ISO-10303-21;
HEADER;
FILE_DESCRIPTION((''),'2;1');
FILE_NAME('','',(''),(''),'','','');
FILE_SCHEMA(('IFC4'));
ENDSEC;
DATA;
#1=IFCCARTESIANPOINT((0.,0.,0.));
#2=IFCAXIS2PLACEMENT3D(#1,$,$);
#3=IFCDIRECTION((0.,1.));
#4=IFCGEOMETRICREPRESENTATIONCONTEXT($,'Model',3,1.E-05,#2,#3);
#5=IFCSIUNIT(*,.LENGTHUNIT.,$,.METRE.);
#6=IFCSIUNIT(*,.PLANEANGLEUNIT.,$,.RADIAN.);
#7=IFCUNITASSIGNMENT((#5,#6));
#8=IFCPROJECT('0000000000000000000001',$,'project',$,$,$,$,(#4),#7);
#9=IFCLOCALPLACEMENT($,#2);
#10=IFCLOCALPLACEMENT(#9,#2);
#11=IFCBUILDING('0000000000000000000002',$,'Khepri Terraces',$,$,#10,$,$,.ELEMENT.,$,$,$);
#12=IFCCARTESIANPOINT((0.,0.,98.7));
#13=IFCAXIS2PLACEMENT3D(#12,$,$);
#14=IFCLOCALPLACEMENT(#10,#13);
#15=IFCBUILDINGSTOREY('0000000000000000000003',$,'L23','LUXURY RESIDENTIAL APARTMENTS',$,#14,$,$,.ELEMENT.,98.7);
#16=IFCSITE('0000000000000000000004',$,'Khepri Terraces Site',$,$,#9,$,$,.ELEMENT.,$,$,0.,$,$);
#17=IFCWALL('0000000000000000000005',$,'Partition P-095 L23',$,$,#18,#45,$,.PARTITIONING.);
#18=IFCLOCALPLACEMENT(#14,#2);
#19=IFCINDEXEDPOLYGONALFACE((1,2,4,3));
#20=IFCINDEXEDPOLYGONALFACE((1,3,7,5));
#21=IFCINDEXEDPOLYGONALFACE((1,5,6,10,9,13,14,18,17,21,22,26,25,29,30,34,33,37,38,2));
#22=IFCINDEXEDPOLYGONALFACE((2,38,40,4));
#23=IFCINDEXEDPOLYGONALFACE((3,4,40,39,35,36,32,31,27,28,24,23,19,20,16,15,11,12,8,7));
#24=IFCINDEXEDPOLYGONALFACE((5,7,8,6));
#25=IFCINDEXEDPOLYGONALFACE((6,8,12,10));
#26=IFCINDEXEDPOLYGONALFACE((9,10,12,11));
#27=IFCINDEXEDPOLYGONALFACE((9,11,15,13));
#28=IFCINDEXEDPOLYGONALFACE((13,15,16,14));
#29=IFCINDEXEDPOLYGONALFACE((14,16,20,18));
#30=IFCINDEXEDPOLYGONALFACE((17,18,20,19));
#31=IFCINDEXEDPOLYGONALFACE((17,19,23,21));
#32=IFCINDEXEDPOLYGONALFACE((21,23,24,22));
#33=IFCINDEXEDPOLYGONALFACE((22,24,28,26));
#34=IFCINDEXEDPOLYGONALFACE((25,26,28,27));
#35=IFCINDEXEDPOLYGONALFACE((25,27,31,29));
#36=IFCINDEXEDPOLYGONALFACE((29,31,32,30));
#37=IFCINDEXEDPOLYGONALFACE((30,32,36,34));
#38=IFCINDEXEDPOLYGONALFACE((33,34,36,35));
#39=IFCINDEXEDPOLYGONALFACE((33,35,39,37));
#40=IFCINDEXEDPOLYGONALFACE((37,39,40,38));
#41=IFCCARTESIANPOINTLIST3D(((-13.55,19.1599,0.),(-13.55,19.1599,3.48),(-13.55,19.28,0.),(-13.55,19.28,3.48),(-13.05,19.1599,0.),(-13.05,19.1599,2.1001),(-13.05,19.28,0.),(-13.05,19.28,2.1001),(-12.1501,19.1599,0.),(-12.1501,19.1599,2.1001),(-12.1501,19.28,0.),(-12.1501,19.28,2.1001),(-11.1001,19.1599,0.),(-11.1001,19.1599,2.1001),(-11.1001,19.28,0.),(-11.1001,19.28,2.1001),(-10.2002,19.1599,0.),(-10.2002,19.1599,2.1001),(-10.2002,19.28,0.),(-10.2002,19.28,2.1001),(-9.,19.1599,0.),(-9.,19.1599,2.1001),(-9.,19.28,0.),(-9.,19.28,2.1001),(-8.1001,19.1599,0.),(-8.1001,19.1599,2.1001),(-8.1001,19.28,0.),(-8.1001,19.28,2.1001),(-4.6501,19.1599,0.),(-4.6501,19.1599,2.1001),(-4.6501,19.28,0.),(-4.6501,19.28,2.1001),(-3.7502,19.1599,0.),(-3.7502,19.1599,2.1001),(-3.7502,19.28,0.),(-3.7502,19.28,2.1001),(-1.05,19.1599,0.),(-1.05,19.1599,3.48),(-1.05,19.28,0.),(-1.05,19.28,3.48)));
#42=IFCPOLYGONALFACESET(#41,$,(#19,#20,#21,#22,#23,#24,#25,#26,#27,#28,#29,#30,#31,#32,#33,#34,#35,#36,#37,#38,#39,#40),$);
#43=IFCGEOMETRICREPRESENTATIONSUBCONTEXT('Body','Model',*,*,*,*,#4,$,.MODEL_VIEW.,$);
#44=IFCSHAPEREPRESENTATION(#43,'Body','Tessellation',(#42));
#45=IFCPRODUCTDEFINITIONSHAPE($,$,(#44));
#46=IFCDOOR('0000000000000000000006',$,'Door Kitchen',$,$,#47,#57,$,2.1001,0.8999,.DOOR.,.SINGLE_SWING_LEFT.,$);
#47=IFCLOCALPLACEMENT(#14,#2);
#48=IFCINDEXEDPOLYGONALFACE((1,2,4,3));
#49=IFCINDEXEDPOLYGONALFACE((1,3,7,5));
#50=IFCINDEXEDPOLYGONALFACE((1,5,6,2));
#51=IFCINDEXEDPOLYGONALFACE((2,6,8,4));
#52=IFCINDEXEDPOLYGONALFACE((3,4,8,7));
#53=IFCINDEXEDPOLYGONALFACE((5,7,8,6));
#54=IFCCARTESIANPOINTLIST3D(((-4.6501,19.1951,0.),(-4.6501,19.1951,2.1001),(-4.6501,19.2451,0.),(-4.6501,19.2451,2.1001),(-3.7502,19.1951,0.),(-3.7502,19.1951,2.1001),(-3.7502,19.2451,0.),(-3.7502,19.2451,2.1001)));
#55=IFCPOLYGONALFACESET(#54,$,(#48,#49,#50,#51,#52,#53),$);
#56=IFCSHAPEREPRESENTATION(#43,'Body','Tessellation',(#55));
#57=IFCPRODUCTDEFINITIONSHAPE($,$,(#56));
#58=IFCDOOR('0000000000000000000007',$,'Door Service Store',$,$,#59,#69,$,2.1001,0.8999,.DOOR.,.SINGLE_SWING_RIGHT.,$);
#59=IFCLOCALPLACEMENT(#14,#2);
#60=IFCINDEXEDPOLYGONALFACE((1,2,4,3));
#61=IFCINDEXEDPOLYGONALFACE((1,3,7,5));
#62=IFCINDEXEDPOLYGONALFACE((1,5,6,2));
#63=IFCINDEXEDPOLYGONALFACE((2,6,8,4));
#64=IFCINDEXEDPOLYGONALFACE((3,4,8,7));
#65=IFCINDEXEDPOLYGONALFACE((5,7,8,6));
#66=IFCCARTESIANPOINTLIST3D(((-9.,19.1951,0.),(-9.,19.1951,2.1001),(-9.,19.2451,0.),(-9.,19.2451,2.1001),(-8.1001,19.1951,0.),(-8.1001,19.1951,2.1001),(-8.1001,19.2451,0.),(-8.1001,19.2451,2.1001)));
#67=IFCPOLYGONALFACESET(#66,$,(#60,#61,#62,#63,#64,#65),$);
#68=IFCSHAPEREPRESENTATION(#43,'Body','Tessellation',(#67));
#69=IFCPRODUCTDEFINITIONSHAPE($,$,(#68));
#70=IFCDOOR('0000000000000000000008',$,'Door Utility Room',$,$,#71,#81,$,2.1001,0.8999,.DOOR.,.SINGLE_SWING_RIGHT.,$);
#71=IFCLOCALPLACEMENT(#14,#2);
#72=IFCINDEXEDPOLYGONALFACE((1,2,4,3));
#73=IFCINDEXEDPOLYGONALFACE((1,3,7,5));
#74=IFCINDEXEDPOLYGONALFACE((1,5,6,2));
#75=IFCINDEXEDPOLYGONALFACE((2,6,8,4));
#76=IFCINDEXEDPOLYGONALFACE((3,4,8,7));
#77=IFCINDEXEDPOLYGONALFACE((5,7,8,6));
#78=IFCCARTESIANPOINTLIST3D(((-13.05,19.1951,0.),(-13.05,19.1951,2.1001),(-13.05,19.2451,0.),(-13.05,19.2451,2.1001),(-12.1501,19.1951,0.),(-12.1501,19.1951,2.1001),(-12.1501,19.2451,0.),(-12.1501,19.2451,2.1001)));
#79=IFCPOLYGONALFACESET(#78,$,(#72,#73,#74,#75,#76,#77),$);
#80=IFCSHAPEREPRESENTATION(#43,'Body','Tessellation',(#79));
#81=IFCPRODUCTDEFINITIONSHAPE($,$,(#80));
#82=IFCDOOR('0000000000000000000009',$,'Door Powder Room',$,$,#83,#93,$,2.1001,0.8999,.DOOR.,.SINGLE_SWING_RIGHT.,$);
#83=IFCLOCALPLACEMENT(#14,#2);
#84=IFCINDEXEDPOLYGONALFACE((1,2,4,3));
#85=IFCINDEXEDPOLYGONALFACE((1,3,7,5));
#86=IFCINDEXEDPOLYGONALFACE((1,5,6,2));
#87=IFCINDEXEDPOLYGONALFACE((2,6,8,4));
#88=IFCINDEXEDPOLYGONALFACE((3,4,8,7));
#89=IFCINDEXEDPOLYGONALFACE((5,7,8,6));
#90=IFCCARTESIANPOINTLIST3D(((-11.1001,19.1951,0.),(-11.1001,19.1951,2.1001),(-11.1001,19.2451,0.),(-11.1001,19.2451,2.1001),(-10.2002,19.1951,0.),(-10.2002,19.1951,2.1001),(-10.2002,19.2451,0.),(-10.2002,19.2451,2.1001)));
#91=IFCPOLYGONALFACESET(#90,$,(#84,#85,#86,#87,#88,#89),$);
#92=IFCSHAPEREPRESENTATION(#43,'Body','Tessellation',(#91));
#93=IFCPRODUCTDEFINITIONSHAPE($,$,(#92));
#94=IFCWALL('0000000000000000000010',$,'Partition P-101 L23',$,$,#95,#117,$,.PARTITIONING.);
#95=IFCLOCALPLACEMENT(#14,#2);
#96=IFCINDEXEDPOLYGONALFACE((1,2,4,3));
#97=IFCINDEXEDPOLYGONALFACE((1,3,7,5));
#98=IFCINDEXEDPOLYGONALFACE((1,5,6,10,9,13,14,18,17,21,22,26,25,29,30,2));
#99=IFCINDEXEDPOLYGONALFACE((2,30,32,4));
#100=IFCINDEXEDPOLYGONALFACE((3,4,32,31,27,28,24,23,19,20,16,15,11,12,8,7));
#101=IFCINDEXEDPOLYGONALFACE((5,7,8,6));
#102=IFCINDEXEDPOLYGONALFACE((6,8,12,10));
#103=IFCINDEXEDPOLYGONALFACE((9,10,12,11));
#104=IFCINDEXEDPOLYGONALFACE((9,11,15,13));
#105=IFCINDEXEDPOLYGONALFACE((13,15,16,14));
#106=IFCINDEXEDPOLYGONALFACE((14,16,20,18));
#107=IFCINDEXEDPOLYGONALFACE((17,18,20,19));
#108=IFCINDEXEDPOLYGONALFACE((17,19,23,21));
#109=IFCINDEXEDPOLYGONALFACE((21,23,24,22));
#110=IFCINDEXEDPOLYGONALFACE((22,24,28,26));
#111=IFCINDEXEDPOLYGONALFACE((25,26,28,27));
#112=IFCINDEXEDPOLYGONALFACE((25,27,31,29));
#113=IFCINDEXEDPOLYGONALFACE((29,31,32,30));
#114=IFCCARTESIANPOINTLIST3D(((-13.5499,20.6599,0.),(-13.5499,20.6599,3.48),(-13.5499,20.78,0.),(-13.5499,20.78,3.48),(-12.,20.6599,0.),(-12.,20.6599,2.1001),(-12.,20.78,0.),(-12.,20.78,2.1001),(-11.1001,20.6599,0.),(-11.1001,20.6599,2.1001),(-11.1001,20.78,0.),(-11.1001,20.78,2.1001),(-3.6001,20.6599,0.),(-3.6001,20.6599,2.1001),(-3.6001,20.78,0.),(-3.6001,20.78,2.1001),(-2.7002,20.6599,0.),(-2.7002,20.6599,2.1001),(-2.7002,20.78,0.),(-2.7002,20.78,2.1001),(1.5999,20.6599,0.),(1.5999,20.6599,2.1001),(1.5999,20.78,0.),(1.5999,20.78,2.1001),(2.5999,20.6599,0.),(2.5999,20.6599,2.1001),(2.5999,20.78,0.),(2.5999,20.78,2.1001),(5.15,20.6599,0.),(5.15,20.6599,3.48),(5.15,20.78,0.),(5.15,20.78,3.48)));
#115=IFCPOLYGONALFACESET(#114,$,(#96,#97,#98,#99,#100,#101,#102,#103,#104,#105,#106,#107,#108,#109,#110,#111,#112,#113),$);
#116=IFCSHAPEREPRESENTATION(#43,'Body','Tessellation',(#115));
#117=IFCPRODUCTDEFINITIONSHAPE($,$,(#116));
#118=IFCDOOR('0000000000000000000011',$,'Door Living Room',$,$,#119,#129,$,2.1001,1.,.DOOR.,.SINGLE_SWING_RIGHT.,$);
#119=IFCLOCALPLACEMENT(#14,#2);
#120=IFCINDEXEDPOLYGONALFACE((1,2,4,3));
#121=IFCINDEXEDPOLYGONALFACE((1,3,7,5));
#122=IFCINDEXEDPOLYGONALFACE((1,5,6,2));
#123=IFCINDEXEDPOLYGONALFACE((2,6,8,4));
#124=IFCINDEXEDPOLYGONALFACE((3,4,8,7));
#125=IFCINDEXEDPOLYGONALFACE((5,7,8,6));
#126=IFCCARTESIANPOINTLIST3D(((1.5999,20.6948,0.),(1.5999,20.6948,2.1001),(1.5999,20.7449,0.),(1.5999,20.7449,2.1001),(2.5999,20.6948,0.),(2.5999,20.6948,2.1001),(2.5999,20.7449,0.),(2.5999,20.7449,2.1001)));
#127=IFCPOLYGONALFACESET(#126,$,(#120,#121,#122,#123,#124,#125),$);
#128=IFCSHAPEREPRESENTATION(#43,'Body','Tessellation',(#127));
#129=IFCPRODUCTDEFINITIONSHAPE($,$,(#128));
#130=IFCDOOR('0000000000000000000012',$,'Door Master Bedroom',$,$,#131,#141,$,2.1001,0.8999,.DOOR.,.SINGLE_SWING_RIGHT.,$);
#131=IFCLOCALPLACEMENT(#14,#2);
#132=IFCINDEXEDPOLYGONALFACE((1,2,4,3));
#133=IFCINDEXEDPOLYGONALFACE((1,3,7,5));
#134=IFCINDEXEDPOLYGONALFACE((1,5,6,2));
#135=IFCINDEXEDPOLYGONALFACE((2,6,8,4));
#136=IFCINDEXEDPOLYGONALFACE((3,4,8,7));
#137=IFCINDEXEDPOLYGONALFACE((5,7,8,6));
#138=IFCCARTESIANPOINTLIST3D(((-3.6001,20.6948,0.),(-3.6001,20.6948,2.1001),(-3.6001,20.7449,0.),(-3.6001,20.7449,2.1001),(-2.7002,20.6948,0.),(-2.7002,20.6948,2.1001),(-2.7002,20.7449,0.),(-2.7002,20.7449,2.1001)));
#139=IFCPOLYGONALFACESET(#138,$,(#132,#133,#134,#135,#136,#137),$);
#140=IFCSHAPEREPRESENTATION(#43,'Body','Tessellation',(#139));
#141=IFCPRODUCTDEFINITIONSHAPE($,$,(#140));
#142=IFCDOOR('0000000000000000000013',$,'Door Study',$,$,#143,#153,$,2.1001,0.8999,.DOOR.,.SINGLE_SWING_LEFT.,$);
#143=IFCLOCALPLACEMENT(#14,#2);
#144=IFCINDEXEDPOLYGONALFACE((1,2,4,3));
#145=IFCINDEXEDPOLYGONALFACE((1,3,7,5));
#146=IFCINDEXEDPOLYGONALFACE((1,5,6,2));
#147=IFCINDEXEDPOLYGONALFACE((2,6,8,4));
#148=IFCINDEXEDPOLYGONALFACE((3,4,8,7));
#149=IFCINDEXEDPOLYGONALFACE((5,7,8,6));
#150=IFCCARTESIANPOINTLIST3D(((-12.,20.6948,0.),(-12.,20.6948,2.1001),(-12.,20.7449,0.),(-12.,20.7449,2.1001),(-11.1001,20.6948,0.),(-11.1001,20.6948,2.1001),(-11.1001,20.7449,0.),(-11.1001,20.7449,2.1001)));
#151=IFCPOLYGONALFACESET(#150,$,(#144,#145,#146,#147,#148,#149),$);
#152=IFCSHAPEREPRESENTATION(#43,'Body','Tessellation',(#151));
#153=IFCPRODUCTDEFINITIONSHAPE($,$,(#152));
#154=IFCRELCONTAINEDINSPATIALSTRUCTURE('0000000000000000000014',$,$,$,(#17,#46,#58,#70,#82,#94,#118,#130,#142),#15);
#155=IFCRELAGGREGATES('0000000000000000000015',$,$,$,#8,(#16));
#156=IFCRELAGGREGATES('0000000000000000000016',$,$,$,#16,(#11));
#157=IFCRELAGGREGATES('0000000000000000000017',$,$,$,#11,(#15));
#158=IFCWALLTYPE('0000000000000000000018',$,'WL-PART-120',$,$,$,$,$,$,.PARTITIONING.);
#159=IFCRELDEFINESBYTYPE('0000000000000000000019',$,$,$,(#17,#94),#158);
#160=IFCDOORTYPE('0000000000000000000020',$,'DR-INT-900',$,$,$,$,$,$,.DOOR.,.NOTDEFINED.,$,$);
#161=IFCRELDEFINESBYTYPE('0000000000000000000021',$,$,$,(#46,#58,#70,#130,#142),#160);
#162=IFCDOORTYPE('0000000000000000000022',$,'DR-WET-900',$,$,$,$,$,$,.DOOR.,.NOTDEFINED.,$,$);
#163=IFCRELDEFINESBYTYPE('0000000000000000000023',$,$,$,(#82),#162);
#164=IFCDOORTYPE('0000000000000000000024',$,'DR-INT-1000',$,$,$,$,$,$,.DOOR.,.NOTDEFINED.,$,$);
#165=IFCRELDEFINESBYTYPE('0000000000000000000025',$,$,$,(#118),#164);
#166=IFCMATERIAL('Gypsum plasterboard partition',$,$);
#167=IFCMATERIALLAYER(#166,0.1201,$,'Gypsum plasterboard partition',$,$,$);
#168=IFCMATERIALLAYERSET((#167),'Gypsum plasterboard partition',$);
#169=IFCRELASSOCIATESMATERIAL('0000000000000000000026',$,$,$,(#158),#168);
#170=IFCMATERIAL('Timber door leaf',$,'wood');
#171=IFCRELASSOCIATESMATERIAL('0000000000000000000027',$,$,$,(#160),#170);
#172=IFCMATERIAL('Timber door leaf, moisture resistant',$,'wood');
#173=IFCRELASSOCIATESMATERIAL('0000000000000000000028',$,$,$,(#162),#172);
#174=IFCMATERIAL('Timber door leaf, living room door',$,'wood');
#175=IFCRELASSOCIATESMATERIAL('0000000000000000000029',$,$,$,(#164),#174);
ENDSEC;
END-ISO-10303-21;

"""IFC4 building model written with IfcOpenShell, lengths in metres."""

from ifc_helpers import new_model, si_unit, direction, frame, frame_2d, origin, place, context, subcontext, project, spatial, rectangle, extrude, material, layer, layer_set, type_object, element, fill, save


model = new_model("IFC4")

# Units and contexts
model_context = context("Model", 3, precision=1e-05, world=origin(), true_north=direction((0.0, 1.0)))
body_context = subcontext(model_context, "Body", "Model", "MODEL_VIEW")
ifc_project = project(units=[si_unit("LENGTHUNIT", "METRE"), si_unit("PLANEANGLEUNIT", "RADIAN")], contexts=[model_context])

# Site, building, storey
site_placement = place(None, origin())
site = spatial("IfcSite", under=ifc_project, at=site_placement, Name="Khepri Terraces Site", CompositionType="ELEMENT", RefElevation=0.0)
building_placement = place(site_placement, origin())
building = spatial("IfcBuilding", under=site, at=building_placement, Name="Khepri Terraces", CompositionType="ELEMENT")
storey_placement = place(building_placement, frame((0.0, 0.0, 98.7)))
storey = spatial("IfcBuildingStorey", under=building, at=storey_placement, Name="L23", Description="LUXURY RESIDENTIAL APARTMENTS", CompositionType="ELEMENT", Elevation=98.7)

# Shared definitions
ifc_material_1 = material(Name="Gypsum plasterboard partition")
ifc_layer_1 = layer(ifc_material_1, 0.1201, Name="Gypsum plasterboard partition")
ifc_layer_set_1 = layer_set([ifc_layer_1], Name="Gypsum plasterboard partition")
wall_type_1 = type_object("IfcWallType", Name="WL-PART-120", PredefinedType="PARTITIONING", material=ifc_layer_set_1)

# Shared definitions
ifc_material_2 = material(Name="Timber door leaf", Category="wood")
door_type_1 = type_object("IfcDoorType", Name="DR-INT-900", OperationType="NOTDEFINED", PredefinedType="DOOR", material=ifc_material_2)

# Walls, openings, doors
wall_1_placement = place(storey_placement, frame((-13.55, 19.22, 0.0), z_axis=(0.0, 0.0, 1.0), x_axis=(1.0, 0.0, 0.0)))
wall_1 = element("IfcWall", 1, at=wall_1_placement, inside=storey, type_object=wall_type_1, Name="Partition P-095 L23", PredefinedType="PARTITIONING", context=body_context, shape_type="SweptSolid", body=[
    extrude(rectangle(XDim=12.5, YDim=0.1201, at=frame_2d((6.25, 0.0))), origin(), (0.0, 0.0, 1.0), 3.48),
])
opening_1_placement = place(wall_1_placement, frame((8.8999, 0.0, 0.0)))
opening_1 = element("IfcOpeningElement", 2, at=opening_1_placement, cuts=wall_1, PredefinedType="OPENING", context=body_context, shape_type="SweptSolid", body=[
    extrude(rectangle(XDim=0.8999, YDim=2.1001, at=frame_2d((0.45, 1.05))), frame((0.0, 0.0701, 0.0), z_axis=(0.0, -1.0, 0.0), x_axis=(1.0, 0.0, 0.0)), (0.0, 0.0, 1.0), 0.1401),
])
opening_2_placement = place(wall_1_placement, frame((4.55, 0.0, 0.0)))
opening_2 = element("IfcOpeningElement", 3, at=opening_2_placement, cuts=wall_1, PredefinedType="OPENING", context=body_context, shape_type="SweptSolid", body=[
    extrude(rectangle(XDim=0.8999, YDim=2.1001, at=frame_2d((0.45, 1.05))), frame((0.0, 0.0701, 0.0), z_axis=(0.0, -1.0, 0.0), x_axis=(1.0, 0.0, 0.0)), (0.0, 0.0, 1.0), 0.1401),
])
opening_3_placement = place(wall_1_placement, frame((2.45, 0.0, 0.0)))
opening_3 = element("IfcOpeningElement", 4, at=opening_3_placement, cuts=wall_1, PredefinedType="OPENING", context=body_context, shape_type="SweptSolid", body=[
    extrude(rectangle(XDim=0.8999, YDim=2.1001, at=frame_2d((0.45, 1.05))), frame((0.0, 0.0701, 0.0), z_axis=(0.0, -1.0, 0.0), x_axis=(1.0, 0.0, 0.0)), (0.0, 0.0, 1.0), 0.1401),
])
opening_4_placement = place(wall_1_placement, frame((0.5, 0.0, 0.0)))
opening_4 = element("IfcOpeningElement", 5, at=opening_4_placement, cuts=wall_1, PredefinedType="OPENING", context=body_context, shape_type="SweptSolid", body=[
    extrude(rectangle(XDim=0.8999, YDim=2.1001, at=frame_2d((0.45, 1.05))), frame((0.0, 0.0701, 0.0), z_axis=(0.0, -1.0, 0.0), x_axis=(1.0, 0.0, 0.0)), (0.0, 0.0, 1.0), 0.1401),
])
door_1_placement = place(opening_1_placement, frame((0.8999, 0.0, 0.0), z_axis=(0.0, 0.0, 1.0), x_axis=(-1.0, 0.0, 0.0)))
door_1 = element("IfcDoor", 6, at=door_1_placement, inside=storey, type_object=door_type_1, Name="Door Kitchen", OperationType="SINGLE_SWING_LEFT", OverallHeight=2.1001, OverallWidth=0.8999, PredefinedType="DOOR", context=body_context, shape_type="SweptSolid", body=[
    extrude(rectangle(XDim=0.8999, YDim=2.1001, at=frame_2d((0.45, 1.05))), frame((0.0, 0.0249, 0.0), z_axis=(0.0, -1.0, 0.0), x_axis=(1.0, 0.0, 0.0)), (0.0, 0.0, 1.0), 0.05),
])
fill(opening_1, door_1)
door_2_placement = place(opening_2_placement, frame((0.8999, 0.0, 0.0), z_axis=(0.0, 0.0, 1.0), x_axis=(-1.0, 0.0, 0.0)))
door_2 = element("IfcDoor", 7, at=door_2_placement, inside=storey, type_object=door_type_1, Name="Door Service Store", OperationType="SINGLE_SWING_RIGHT", OverallHeight=2.1001, OverallWidth=0.8999, PredefinedType="DOOR", context=body_context, shape_type="SweptSolid", body=[
    extrude(rectangle(XDim=0.8999, YDim=2.1001, at=frame_2d((0.45, 1.05))), frame((0.0, 0.0249, 0.0), z_axis=(0.0, -1.0, 0.0), x_axis=(1.0, 0.0, 0.0)), (0.0, 0.0, 1.0), 0.05),
])
fill(opening_2, door_2)
door_3_placement = place(opening_4_placement, frame((0.8999, 0.0, 0.0), z_axis=(0.0, 0.0, 1.0), x_axis=(-1.0, 0.0, 0.0)))
door_3 = element("IfcDoor", 8, at=door_3_placement, inside=storey, type_object=door_type_1, Name="Door Utility Room", OperationType="SINGLE_SWING_RIGHT", OverallHeight=2.1001, OverallWidth=0.8999, PredefinedType="DOOR", context=body_context, shape_type="SweptSolid", body=[
    extrude(rectangle(XDim=0.8999, YDim=2.1001, at=frame_2d((0.45, 1.05))), frame((0.0, 0.0249, 0.0), z_axis=(0.0, -1.0, 0.0), x_axis=(1.0, 0.0, 0.0)), (0.0, 0.0, 1.0), 0.05),
])
fill(opening_4, door_3)
ifc_material_3 = material(Name="Timber door leaf, moisture resistant", Category="wood")
door_type_2 = type_object("IfcDoorType", Name="DR-WET-900", OperationType="NOTDEFINED", PredefinedType="DOOR", material=ifc_material_3)
door_4_placement = place(opening_3_placement, frame((0.8999, 0.0, 0.0), z_axis=(0.0, 0.0, 1.0), x_axis=(-1.0, 0.0, 0.0)))
door_4 = element("IfcDoor", 9, at=door_4_placement, inside=storey, type_object=door_type_2, Name="Door Powder Room", OperationType="SINGLE_SWING_RIGHT", OverallHeight=2.1001, OverallWidth=0.8999, PredefinedType="DOOR", context=body_context, shape_type="SweptSolid", body=[
    extrude(rectangle(XDim=0.8999, YDim=2.1001, at=frame_2d((0.45, 1.05))), frame((0.0, 0.0249, 0.0), z_axis=(0.0, -1.0, 0.0), x_axis=(1.0, 0.0, 0.0)), (0.0, 0.0, 1.0), 0.05),
])
fill(opening_3, door_4)
wall_2_placement = place(storey_placement, frame((-13.55, 20.72, 0.0), z_axis=(0.0, 0.0, 1.0), x_axis=(1.0, 0.0, 0.0)))
wall_2 = element("IfcWall", 10, at=wall_2_placement, inside=storey, type_object=wall_type_1, Name="Partition P-101 L23", PredefinedType="PARTITIONING", context=body_context, shape_type="SweptSolid", body=[
    extrude(rectangle(XDim=18.7, YDim=0.1201, at=frame_2d((9.3501, 0.0))), origin(), (0.0, 0.0, 1.0), 3.48),
])
opening_5_placement = place(wall_2_placement, frame((15.1499, 0.0, 0.0)))
opening_5 = element("IfcOpeningElement", 11, at=opening_5_placement, cuts=wall_2, PredefinedType="OPENING", context=body_context, shape_type="SweptSolid", body=[
    extrude(rectangle(XDim=1.0, YDim=2.1001, at=frame_2d((0.5, 1.05))), frame((0.0, 0.0701, 0.0), z_axis=(0.0, -1.0, 0.0), x_axis=(1.0, 0.0, 0.0)), (0.0, 0.0, 1.0), 0.1401),
])
opening_6_placement = place(wall_2_placement, frame((9.95, 0.0, 0.0)))
opening_6 = element("IfcOpeningElement", 12, at=opening_6_placement, cuts=wall_2, PredefinedType="OPENING", context=body_context, shape_type="SweptSolid", body=[
    extrude(rectangle(XDim=0.8999, YDim=2.1001, at=frame_2d((0.45, 1.05))), frame((0.0, 0.0701, 0.0), z_axis=(0.0, -1.0, 0.0), x_axis=(1.0, 0.0, 0.0)), (0.0, 0.0, 1.0), 0.1401),
])
opening_7_placement = place(wall_2_placement, frame((1.55, 0.0, 0.0)))
opening_7 = element("IfcOpeningElement", 13, at=opening_7_placement, cuts=wall_2, PredefinedType="OPENING", context=body_context, shape_type="SweptSolid", body=[
    extrude(rectangle(XDim=0.8999, YDim=2.1001, at=frame_2d((0.45, 1.05))), frame((0.0, 0.0701, 0.0), z_axis=(0.0, -1.0, 0.0), x_axis=(1.0, 0.0, 0.0)), (0.0, 0.0, 1.0), 0.1401),
])
ifc_material_4 = material(Name="Timber door leaf, living room door", Category="wood")
door_type_3 = type_object("IfcDoorType", Name="DR-INT-1000", OperationType="NOTDEFINED", PredefinedType="DOOR", material=ifc_material_4)
door_5_placement = place(opening_5_placement, origin())
door_5 = element("IfcDoor", 14, at=door_5_placement, inside=storey, type_object=door_type_3, Name="Door Living Room", OperationType="SINGLE_SWING_RIGHT", OverallHeight=2.1001, OverallWidth=1.0, PredefinedType="DOOR", context=body_context, shape_type="SweptSolid", body=[
    extrude(rectangle(XDim=1.0, YDim=2.1001, at=frame_2d((0.5, 1.05))), frame((0.0, 0.0249, 0.0), z_axis=(0.0, -1.0, 0.0), x_axis=(1.0, 0.0, 0.0)), (0.0, 0.0, 1.0), 0.05),
])
fill(opening_5, door_5)
door_6_placement = place(opening_6_placement, origin())
door_6 = element("IfcDoor", 15, at=door_6_placement, inside=storey, type_object=door_type_1, Name="Door Master Bedroom", OperationType="SINGLE_SWING_RIGHT", OverallHeight=2.1001, OverallWidth=0.8999, PredefinedType="DOOR", context=body_context, shape_type="SweptSolid", body=[
    extrude(rectangle(XDim=0.8999, YDim=2.1001, at=frame_2d((0.45, 1.05))), frame((0.0, 0.0249, 0.0), z_axis=(0.0, -1.0, 0.0), x_axis=(1.0, 0.0, 0.0)), (0.0, 0.0, 1.0), 0.05),
])
fill(opening_6, door_6)
door_7_placement = place(opening_7_placement, origin())
door_7 = element("IfcDoor", 16, at=door_7_placement, inside=storey, type_object=door_type_1, Name="Door Study", OperationType="SINGLE_SWING_LEFT", OverallHeight=2.1001, OverallWidth=0.8999, PredefinedType="DOOR", context=body_context, shape_type="SweptSolid", body=[
    extrude(rectangle(XDim=0.8999, YDim=2.1001, at=frame_2d((0.45, 1.05))), frame((0.0, 0.0249, 0.0), z_axis=(0.0, -1.0, 0.0), x_axis=(1.0, 0.0, 0.0)), (0.0, 0.0, 1.0), 0.05),
])
fill(opening_7, door_7)

save(model, "model.ifc")
